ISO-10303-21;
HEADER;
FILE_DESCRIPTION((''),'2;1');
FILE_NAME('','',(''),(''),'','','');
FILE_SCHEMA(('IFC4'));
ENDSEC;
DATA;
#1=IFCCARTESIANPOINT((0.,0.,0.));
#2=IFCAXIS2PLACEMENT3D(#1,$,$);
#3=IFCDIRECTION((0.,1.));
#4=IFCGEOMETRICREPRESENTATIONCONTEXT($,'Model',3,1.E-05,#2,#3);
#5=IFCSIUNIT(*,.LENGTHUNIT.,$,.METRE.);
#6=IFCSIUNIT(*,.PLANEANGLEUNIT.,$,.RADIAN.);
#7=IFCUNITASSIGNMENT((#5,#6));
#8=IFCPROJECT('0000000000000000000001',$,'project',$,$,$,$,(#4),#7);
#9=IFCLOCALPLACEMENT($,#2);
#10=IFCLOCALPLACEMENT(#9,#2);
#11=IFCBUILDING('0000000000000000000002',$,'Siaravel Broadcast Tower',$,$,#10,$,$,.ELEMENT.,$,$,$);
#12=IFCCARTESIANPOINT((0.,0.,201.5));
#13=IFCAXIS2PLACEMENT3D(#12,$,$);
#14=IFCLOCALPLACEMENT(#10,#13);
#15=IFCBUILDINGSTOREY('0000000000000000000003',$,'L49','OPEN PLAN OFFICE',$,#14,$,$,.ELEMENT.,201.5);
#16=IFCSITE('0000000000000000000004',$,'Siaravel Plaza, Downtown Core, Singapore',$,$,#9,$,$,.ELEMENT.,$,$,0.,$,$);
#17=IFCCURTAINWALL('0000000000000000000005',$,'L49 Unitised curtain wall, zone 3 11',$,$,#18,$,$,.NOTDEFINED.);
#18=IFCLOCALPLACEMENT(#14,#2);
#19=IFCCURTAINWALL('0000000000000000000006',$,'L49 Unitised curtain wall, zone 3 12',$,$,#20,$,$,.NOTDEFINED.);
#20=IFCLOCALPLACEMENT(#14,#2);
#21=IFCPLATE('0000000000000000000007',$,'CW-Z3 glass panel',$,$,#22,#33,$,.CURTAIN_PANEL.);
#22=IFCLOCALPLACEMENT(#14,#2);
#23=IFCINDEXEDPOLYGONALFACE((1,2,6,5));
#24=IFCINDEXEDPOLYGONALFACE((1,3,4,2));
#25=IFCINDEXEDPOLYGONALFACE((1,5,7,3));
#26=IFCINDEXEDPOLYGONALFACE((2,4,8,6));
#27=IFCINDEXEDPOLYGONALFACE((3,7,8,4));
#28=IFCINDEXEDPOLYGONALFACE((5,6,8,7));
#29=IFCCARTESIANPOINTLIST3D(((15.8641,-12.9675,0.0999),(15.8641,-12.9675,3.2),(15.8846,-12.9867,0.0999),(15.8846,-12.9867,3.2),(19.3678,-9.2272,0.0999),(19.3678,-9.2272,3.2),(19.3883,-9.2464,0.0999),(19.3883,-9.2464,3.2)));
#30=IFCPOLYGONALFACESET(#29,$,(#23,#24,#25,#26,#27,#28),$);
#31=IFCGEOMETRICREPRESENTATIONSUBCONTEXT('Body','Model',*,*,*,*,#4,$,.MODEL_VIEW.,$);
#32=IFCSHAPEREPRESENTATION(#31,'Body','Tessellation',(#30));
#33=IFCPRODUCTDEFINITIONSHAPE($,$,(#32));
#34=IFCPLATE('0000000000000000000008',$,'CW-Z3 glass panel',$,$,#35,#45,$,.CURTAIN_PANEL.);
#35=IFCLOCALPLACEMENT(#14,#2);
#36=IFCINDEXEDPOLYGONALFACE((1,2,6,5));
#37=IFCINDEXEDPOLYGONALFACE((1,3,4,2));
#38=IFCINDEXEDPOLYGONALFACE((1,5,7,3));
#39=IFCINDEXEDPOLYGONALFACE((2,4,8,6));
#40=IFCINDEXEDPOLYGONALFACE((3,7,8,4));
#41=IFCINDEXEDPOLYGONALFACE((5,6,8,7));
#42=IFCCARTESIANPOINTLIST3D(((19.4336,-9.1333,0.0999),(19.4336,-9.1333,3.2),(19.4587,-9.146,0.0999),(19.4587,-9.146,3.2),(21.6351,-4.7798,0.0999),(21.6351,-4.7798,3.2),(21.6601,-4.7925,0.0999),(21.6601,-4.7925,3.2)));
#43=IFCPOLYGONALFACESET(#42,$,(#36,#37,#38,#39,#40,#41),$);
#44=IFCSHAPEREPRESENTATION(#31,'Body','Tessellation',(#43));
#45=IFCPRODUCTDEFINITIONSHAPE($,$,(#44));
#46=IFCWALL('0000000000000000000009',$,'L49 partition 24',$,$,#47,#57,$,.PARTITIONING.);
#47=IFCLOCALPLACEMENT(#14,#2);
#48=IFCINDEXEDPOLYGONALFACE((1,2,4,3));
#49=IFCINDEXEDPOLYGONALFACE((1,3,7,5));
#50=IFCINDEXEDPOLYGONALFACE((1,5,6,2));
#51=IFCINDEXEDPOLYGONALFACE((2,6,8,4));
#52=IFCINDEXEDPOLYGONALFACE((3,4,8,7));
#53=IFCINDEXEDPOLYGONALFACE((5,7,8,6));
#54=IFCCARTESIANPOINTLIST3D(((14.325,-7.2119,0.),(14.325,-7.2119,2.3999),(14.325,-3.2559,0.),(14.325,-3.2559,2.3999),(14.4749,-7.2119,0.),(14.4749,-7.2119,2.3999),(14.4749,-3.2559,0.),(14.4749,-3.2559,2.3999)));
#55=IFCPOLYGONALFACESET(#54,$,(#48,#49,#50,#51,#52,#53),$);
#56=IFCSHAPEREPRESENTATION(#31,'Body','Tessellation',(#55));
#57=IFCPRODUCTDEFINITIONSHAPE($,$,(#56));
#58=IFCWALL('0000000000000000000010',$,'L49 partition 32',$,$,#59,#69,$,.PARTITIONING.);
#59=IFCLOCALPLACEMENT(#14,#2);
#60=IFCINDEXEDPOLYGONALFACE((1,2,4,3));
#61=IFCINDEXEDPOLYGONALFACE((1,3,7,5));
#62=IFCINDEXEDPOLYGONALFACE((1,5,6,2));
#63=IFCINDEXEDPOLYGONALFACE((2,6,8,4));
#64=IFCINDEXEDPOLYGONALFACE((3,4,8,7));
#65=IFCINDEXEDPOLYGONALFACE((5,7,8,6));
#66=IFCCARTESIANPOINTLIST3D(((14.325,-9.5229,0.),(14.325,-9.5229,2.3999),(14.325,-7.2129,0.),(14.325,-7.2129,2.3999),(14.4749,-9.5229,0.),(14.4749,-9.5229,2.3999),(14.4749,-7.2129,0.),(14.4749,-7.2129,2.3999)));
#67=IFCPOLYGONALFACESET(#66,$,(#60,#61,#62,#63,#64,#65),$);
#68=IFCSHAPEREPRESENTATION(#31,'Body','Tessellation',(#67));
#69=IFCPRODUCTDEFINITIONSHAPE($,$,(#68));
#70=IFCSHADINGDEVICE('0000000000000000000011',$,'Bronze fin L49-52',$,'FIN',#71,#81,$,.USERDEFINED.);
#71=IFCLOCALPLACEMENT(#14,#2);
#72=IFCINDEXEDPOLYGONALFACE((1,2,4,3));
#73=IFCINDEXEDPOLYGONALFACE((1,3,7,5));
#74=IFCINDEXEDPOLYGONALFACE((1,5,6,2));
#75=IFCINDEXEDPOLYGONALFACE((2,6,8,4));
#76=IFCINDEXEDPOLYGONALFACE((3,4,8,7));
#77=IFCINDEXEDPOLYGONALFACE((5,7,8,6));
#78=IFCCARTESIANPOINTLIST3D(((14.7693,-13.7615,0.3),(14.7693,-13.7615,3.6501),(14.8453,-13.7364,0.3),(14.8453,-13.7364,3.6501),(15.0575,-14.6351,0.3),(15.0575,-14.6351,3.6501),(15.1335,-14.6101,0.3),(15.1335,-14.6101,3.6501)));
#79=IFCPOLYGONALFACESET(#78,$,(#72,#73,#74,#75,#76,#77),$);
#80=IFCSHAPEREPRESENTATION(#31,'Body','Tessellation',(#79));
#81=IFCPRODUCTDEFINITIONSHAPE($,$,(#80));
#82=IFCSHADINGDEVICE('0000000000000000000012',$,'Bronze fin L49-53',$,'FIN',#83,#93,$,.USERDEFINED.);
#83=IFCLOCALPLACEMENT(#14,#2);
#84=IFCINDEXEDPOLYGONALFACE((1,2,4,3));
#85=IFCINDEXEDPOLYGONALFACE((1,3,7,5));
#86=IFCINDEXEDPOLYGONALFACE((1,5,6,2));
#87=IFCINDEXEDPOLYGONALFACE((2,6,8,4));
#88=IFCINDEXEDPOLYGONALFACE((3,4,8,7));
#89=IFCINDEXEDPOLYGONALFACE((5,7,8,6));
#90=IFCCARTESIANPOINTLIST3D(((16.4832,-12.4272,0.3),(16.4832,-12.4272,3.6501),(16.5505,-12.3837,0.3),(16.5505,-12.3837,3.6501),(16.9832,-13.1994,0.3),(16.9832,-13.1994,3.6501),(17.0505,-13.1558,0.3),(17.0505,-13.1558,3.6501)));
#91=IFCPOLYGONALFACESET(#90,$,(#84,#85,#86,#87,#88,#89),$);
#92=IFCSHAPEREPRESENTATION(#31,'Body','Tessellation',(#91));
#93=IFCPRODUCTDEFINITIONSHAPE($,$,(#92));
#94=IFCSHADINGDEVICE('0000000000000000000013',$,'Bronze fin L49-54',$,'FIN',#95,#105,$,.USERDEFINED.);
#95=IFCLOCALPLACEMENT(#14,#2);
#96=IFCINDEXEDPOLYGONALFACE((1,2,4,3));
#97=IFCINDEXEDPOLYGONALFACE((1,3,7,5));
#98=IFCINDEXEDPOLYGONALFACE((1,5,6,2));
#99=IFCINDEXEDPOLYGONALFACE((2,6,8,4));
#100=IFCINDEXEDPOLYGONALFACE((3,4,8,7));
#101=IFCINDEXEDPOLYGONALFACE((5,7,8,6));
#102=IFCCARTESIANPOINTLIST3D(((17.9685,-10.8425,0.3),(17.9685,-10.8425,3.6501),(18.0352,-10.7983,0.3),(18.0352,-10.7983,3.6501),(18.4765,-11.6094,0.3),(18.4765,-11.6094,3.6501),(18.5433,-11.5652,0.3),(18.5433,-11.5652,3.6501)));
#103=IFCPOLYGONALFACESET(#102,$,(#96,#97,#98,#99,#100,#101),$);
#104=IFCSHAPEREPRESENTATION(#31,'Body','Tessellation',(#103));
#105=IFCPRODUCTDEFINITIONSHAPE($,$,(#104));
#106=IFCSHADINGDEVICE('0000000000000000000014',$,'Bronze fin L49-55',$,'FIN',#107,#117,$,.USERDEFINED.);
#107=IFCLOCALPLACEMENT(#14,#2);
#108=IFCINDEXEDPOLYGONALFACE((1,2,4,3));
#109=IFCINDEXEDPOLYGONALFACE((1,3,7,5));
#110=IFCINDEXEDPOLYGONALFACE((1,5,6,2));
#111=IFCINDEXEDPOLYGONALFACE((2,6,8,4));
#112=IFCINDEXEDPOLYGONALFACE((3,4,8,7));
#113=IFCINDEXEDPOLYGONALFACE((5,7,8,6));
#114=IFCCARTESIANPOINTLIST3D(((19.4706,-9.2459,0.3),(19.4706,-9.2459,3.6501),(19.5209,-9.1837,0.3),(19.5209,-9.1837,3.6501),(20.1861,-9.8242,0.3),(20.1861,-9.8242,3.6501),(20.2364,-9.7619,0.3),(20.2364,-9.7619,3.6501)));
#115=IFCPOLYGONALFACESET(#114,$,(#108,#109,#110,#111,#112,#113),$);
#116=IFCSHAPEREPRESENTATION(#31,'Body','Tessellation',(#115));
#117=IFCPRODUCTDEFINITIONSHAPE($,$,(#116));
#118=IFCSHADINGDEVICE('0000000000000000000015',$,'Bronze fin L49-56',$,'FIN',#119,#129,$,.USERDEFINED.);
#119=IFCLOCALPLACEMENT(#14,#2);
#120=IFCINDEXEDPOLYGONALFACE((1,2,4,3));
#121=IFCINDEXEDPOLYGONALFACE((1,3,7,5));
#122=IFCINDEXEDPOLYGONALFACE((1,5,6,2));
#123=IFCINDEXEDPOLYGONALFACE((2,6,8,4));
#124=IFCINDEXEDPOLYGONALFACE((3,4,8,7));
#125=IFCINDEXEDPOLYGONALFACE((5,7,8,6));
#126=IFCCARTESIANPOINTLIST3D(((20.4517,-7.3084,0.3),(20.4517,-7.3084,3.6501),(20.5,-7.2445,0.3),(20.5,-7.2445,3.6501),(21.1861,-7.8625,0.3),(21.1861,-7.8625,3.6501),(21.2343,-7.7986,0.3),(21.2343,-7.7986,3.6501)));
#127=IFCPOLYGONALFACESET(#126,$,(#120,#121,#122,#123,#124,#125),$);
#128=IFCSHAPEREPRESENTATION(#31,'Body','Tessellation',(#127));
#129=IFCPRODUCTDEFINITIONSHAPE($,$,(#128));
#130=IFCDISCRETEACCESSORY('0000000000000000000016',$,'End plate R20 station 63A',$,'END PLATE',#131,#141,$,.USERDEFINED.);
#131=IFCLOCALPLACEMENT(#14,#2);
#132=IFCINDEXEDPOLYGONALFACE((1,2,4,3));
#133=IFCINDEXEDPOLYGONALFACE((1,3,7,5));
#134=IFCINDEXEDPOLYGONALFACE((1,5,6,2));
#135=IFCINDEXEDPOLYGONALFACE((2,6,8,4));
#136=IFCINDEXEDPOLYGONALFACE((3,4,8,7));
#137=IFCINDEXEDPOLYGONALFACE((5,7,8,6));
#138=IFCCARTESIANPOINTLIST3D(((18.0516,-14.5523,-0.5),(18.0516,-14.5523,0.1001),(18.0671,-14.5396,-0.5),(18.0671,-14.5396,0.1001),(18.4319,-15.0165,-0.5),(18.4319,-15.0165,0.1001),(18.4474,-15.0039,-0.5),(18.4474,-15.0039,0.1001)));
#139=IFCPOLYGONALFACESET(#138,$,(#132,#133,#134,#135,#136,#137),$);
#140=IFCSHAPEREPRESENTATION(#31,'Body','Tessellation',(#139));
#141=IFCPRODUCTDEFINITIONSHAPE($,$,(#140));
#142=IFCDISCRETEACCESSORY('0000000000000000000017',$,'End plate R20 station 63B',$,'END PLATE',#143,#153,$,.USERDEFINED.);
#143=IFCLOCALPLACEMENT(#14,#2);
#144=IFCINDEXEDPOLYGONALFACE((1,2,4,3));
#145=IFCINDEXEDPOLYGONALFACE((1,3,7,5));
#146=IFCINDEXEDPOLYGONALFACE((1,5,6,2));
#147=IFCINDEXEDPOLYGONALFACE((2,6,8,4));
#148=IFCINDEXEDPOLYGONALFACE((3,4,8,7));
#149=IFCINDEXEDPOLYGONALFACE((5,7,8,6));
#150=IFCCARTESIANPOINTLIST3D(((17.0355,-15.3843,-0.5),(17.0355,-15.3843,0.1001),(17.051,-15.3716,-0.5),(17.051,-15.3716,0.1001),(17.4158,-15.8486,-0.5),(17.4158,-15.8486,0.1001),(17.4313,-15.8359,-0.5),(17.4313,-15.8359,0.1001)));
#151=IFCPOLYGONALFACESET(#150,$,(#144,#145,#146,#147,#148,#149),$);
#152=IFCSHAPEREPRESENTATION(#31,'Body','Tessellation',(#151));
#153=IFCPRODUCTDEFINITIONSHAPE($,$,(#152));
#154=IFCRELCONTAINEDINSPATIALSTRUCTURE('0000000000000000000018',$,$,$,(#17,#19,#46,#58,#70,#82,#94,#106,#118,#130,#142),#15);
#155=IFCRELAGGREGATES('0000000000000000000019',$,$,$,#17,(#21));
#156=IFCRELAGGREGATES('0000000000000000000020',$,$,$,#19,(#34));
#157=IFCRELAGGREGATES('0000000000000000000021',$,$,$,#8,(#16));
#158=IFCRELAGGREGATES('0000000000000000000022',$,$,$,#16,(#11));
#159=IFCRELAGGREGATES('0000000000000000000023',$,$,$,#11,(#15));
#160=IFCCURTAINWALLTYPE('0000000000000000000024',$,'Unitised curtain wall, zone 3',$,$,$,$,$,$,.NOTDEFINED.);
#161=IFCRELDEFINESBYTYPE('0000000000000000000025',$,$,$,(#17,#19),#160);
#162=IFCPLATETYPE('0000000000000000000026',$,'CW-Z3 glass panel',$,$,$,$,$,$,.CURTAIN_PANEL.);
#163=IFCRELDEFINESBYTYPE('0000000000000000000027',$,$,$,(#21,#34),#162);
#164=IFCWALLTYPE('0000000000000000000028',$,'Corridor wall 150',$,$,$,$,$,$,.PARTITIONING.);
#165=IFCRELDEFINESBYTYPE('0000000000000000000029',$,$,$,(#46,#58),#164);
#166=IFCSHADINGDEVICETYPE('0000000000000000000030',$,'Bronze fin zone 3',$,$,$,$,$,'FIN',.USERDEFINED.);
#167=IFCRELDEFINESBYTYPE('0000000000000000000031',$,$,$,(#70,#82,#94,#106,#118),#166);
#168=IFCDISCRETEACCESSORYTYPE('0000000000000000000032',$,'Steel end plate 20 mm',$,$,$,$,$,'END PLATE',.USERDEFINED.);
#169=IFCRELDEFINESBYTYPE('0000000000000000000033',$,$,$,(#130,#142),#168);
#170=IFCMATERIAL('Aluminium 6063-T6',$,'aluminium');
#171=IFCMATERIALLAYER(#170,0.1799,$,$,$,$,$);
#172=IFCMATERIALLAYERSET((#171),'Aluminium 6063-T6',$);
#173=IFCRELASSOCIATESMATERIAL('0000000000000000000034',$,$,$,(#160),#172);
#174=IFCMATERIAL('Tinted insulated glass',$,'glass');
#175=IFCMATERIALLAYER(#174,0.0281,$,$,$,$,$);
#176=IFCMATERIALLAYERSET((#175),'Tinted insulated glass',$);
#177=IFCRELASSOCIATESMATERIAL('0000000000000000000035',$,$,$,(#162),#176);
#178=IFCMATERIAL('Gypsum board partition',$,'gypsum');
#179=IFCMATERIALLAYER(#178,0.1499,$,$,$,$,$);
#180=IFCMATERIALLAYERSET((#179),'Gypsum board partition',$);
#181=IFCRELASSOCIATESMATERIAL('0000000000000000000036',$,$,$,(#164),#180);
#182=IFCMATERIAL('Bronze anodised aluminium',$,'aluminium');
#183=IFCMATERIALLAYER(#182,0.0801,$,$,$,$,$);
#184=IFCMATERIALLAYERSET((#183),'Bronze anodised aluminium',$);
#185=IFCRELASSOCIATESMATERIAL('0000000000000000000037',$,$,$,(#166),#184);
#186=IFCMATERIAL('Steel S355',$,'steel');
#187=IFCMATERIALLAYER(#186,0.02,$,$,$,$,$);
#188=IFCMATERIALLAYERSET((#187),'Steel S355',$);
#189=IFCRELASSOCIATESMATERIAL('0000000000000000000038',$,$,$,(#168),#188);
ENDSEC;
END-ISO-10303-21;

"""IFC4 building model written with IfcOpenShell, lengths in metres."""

from ifc_helpers import new_model, si_unit, direction, frame, frame_2d, origin, origin_2d, place, context, subcontext, project, spatial, rectangle, extrude, material, layer, layer_set, type_object, element, aggregate, save


model = new_model("IFC4")

# Units and contexts
model_context = context("Model", 3, precision=1e-05, world=origin(), true_north=direction((0.0, 1.0)))
body_context = subcontext(model_context, "Body", "Model", "MODEL_VIEW")
ifc_project = project(units=[si_unit("LENGTHUNIT", "METRE"), si_unit("PLANEANGLEUNIT", "RADIAN")], contexts=[model_context])

# Site, building, storey
site_placement = place(None, origin())
site = spatial("IfcSite", under=ifc_project, at=site_placement, Name="Siaravel Plaza, Downtown Core, Singapore", CompositionType="ELEMENT", RefElevation=0.0)
building_placement = place(site_placement, origin())
building = spatial("IfcBuilding", under=site, at=building_placement, Name="Siaravel Broadcast Tower", CompositionType="ELEMENT")
storey_placement = place(building_placement, frame((0.0, 0.0, 201.5)))
storey = spatial("IfcBuildingStorey", under=building, at=storey_placement, Name="L49", Description="OPEN PLAN OFFICE", CompositionType="ELEMENT", Elevation=201.5)

# Shared definitions
ifc_material_1 = material(Name="Steel S355", Category="steel")

# Curtain wall
ifc_material_2 = material(Name="Aluminium 6063-T6", Category="aluminium")
ifc_layer_1 = layer(ifc_material_2, 0.1799)
ifc_layer_set_1 = layer_set([ifc_layer_1], Name="Aluminium 6063-T6")
curtain_wall_type = type_object("IfcCurtainWallType", Name="Unitised curtain wall, zone 3", PredefinedType="NOTDEFINED", material=ifc_layer_set_1)
curtain_wall_1_placement = place(storey_placement, origin())
curtain_wall_1 = element("IfcCurtainWall", 1, at=curtain_wall_1_placement, inside=storey, type_object=curtain_wall_type, Name="L49 Unitised curtain wall, zone 3 11", PredefinedType="NOTDEFINED")

# Curtain wall
curtain_wall_2_placement = place(storey_placement, origin())
curtain_wall_2 = element("IfcCurtainWall", 2, at=curtain_wall_2_placement, inside=storey, type_object=curtain_wall_type, Name="L49 Unitised curtain wall, zone 3 12", PredefinedType="NOTDEFINED")

# Plates
ifc_material_3 = material(Name="Tinted insulated glass", Category="glass")
ifc_layer_2 = layer(ifc_material_3, 0.0281)
ifc_layer_set_2 = layer_set([ifc_layer_2], Name="Tinted insulated glass")
plate_type = type_object("IfcPlateType", Name="CW-Z3 glass panel", PredefinedType="CURTAIN_PANEL", material=ifc_layer_set_2)
plate_1_placement = place(storey_placement, frame((17.6262, -11.1069, 0.0999), z_axis=(0.0, 0.0, 1.0), x_axis=(0.683653, 0.729807, 0.0)))
plate_1 = element("IfcPlate", 3, at=plate_1_placement, type_object=plate_type, Name="CW-Z3 glass panel", PredefinedType="CURTAIN_PANEL", context=body_context, shape_type="SweptSolid", body=[
    extrude(rectangle(XDim=5.125, YDim=0.0281, at=origin_2d()), origin(), (0.0, 0.0, 1.0), 3.1001),
])
aggregate(curtain_wall_1, [plate_1])
plate_2_placement = place(storey_placement, frame((20.5469, -6.9629, 0.0999), z_axis=(0.0, 0.0, 1.0), x_axis=(0.451259, 0.892393, 0.0)))
plate_2 = element("IfcPlate", 4, at=plate_2_placement, type_object=plate_type, Name="CW-Z3 glass panel", PredefinedType="CURTAIN_PANEL", context=body_context, shape_type="SweptSolid", body=[
    extrude(rectangle(XDim=4.8784, YDim=0.0281, at=origin_2d()), origin(), (0.0, 0.0, 1.0), 3.1001),
])
aggregate(curtain_wall_2, [plate_2])

# Walls
ifc_material_4 = material(Name="Gypsum board partition", Category="gypsum")
ifc_layer_3 = layer(ifc_material_4, 0.1499)
ifc_layer_set_3 = layer_set([ifc_layer_3], Name="Gypsum board partition")
wall_type = type_object("IfcWallType", Name="Corridor wall 150", PredefinedType="PARTITIONING", material=ifc_layer_set_3)
wall_1_placement = place(storey_placement, frame((14.3999, -7.2119, 0.0), z_axis=(0.0, 0.0, 1.0), x_axis=(0.0, 1.0, 0.0)))
element("IfcWall", 5, at=wall_1_placement, inside=storey, type_object=wall_type, Name="L49 partition 24", PredefinedType="PARTITIONING", context=body_context, shape_type="SweptSolid", body=[
    extrude(rectangle(XDim=3.9561, YDim=0.1499, at=frame_2d((1.978, 0.0))), origin(), (0.0, 0.0, 1.0), 2.3999),
])
wall_2_placement = place(storey_placement, frame((14.3999, -9.5229, 0.0), z_axis=(0.0, 0.0, 1.0), x_axis=(0.0, 1.0, 0.0)))
element("IfcWall", 6, at=wall_2_placement, inside=storey, type_object=wall_type, Name="L49 partition 32", PredefinedType="PARTITIONING", context=body_context, shape_type="SweptSolid", body=[
    extrude(rectangle(XDim=2.3101, YDim=0.1499, at=frame_2d((1.155, 0.0))), origin(), (0.0, 0.0, 1.0), 2.3999),
])

# Shading devices
ifc_material_5 = material(Name="Bronze anodised aluminium", Category="aluminium")
ifc_layer_4 = layer(ifc_material_5, 0.0801)
ifc_layer_set_4 = layer_set([ifc_layer_4], Name="Bronze anodised aluminium")
shading_device_type = type_object("IfcShadingDeviceType", Name="Bronze fin zone 3", ElementType="FIN", PredefinedType="USERDEFINED", material=ifc_layer_set_4)
for number, where, z_axis, x_axis, name in (
    (7, (14.9514, -14.1858, 0.3), (0.0, 0.0, 1.0), (0.313277, -0.949662, 0.0), "Bronze fin L49-52"),
    (8, (16.7668, -12.7915, 0.3), (0.0, 0.0, 1.0), (0.543523, -0.839394, 0.0), "Bronze fin L49-53"),
    (9, (18.2559, -11.2039, 0.3), (0.0, 0.0, 1.0), (0.55226, -0.833672, 0.0), "Bronze fin L49-54"),
    (10, (19.8535, -9.5039, 0.3), (0.0, 0.0, 1.0), (0.777762, -0.628559, 0.0), "Bronze fin L49-55"),
    (11, (20.843, -7.5535, 0.3), (0.0, 0.0, 1.0), (0.798238, -0.602342, 0.0), "Bronze fin L49-56"),
):
    element("IfcShadingDevice", number, at=place(storey_placement, frame(where, z_axis=z_axis, x_axis=x_axis)), inside=storey, type_object=shading_device_type, Name=name, ObjectType="FIN", PredefinedType="USERDEFINED", context=body_context, shape_type="SweptSolid", body=[
        extrude(rectangle(XDim=0.9199, YDim=0.0801, at=origin_2d()), origin(), (0.0, 0.0, 1.0), 3.3501),
    ])

# Discrete accessories
ifc_layer_5 = layer(ifc_material_1, 0.02)
ifc_layer_set_5 = layer_set([ifc_layer_5], Name="Steel S355")
discrete_accessory_type = type_object("IfcDiscreteAccessoryType", Name="Steel end plate 20 mm", ElementType="END PLATE", PredefinedType="USERDEFINED", material=ifc_layer_set_5)
for number, where, z_axis, x_axis, name in (
    (12, (18.2495, -14.7781, -0.5), (0.0, 0.0, 1.0), (0.773605, 0.633669, 0.0), "End plate R20 station 63A"),
    (13, (17.2334, -15.6101, -0.5), (0.0, 0.0, 1.0), (0.773605, 0.633669, 0.0), "End plate R20 station 63B"),
):
    element("IfcDiscreteAccessory", number, at=place(storey_placement, frame(where, z_axis=z_axis, x_axis=x_axis)), inside=storey, type_object=discrete_accessory_type, Name=name, ObjectType="END PLATE", PredefinedType="USERDEFINED", context=body_context, shape_type="SweptSolid", body=[
        extrude(rectangle(XDim=0.02, YDim=0.6001, at=origin_2d()), origin(), (0.0, 0.0, 1.0), 0.6001),
    ])

save(model, "model.ifc")
